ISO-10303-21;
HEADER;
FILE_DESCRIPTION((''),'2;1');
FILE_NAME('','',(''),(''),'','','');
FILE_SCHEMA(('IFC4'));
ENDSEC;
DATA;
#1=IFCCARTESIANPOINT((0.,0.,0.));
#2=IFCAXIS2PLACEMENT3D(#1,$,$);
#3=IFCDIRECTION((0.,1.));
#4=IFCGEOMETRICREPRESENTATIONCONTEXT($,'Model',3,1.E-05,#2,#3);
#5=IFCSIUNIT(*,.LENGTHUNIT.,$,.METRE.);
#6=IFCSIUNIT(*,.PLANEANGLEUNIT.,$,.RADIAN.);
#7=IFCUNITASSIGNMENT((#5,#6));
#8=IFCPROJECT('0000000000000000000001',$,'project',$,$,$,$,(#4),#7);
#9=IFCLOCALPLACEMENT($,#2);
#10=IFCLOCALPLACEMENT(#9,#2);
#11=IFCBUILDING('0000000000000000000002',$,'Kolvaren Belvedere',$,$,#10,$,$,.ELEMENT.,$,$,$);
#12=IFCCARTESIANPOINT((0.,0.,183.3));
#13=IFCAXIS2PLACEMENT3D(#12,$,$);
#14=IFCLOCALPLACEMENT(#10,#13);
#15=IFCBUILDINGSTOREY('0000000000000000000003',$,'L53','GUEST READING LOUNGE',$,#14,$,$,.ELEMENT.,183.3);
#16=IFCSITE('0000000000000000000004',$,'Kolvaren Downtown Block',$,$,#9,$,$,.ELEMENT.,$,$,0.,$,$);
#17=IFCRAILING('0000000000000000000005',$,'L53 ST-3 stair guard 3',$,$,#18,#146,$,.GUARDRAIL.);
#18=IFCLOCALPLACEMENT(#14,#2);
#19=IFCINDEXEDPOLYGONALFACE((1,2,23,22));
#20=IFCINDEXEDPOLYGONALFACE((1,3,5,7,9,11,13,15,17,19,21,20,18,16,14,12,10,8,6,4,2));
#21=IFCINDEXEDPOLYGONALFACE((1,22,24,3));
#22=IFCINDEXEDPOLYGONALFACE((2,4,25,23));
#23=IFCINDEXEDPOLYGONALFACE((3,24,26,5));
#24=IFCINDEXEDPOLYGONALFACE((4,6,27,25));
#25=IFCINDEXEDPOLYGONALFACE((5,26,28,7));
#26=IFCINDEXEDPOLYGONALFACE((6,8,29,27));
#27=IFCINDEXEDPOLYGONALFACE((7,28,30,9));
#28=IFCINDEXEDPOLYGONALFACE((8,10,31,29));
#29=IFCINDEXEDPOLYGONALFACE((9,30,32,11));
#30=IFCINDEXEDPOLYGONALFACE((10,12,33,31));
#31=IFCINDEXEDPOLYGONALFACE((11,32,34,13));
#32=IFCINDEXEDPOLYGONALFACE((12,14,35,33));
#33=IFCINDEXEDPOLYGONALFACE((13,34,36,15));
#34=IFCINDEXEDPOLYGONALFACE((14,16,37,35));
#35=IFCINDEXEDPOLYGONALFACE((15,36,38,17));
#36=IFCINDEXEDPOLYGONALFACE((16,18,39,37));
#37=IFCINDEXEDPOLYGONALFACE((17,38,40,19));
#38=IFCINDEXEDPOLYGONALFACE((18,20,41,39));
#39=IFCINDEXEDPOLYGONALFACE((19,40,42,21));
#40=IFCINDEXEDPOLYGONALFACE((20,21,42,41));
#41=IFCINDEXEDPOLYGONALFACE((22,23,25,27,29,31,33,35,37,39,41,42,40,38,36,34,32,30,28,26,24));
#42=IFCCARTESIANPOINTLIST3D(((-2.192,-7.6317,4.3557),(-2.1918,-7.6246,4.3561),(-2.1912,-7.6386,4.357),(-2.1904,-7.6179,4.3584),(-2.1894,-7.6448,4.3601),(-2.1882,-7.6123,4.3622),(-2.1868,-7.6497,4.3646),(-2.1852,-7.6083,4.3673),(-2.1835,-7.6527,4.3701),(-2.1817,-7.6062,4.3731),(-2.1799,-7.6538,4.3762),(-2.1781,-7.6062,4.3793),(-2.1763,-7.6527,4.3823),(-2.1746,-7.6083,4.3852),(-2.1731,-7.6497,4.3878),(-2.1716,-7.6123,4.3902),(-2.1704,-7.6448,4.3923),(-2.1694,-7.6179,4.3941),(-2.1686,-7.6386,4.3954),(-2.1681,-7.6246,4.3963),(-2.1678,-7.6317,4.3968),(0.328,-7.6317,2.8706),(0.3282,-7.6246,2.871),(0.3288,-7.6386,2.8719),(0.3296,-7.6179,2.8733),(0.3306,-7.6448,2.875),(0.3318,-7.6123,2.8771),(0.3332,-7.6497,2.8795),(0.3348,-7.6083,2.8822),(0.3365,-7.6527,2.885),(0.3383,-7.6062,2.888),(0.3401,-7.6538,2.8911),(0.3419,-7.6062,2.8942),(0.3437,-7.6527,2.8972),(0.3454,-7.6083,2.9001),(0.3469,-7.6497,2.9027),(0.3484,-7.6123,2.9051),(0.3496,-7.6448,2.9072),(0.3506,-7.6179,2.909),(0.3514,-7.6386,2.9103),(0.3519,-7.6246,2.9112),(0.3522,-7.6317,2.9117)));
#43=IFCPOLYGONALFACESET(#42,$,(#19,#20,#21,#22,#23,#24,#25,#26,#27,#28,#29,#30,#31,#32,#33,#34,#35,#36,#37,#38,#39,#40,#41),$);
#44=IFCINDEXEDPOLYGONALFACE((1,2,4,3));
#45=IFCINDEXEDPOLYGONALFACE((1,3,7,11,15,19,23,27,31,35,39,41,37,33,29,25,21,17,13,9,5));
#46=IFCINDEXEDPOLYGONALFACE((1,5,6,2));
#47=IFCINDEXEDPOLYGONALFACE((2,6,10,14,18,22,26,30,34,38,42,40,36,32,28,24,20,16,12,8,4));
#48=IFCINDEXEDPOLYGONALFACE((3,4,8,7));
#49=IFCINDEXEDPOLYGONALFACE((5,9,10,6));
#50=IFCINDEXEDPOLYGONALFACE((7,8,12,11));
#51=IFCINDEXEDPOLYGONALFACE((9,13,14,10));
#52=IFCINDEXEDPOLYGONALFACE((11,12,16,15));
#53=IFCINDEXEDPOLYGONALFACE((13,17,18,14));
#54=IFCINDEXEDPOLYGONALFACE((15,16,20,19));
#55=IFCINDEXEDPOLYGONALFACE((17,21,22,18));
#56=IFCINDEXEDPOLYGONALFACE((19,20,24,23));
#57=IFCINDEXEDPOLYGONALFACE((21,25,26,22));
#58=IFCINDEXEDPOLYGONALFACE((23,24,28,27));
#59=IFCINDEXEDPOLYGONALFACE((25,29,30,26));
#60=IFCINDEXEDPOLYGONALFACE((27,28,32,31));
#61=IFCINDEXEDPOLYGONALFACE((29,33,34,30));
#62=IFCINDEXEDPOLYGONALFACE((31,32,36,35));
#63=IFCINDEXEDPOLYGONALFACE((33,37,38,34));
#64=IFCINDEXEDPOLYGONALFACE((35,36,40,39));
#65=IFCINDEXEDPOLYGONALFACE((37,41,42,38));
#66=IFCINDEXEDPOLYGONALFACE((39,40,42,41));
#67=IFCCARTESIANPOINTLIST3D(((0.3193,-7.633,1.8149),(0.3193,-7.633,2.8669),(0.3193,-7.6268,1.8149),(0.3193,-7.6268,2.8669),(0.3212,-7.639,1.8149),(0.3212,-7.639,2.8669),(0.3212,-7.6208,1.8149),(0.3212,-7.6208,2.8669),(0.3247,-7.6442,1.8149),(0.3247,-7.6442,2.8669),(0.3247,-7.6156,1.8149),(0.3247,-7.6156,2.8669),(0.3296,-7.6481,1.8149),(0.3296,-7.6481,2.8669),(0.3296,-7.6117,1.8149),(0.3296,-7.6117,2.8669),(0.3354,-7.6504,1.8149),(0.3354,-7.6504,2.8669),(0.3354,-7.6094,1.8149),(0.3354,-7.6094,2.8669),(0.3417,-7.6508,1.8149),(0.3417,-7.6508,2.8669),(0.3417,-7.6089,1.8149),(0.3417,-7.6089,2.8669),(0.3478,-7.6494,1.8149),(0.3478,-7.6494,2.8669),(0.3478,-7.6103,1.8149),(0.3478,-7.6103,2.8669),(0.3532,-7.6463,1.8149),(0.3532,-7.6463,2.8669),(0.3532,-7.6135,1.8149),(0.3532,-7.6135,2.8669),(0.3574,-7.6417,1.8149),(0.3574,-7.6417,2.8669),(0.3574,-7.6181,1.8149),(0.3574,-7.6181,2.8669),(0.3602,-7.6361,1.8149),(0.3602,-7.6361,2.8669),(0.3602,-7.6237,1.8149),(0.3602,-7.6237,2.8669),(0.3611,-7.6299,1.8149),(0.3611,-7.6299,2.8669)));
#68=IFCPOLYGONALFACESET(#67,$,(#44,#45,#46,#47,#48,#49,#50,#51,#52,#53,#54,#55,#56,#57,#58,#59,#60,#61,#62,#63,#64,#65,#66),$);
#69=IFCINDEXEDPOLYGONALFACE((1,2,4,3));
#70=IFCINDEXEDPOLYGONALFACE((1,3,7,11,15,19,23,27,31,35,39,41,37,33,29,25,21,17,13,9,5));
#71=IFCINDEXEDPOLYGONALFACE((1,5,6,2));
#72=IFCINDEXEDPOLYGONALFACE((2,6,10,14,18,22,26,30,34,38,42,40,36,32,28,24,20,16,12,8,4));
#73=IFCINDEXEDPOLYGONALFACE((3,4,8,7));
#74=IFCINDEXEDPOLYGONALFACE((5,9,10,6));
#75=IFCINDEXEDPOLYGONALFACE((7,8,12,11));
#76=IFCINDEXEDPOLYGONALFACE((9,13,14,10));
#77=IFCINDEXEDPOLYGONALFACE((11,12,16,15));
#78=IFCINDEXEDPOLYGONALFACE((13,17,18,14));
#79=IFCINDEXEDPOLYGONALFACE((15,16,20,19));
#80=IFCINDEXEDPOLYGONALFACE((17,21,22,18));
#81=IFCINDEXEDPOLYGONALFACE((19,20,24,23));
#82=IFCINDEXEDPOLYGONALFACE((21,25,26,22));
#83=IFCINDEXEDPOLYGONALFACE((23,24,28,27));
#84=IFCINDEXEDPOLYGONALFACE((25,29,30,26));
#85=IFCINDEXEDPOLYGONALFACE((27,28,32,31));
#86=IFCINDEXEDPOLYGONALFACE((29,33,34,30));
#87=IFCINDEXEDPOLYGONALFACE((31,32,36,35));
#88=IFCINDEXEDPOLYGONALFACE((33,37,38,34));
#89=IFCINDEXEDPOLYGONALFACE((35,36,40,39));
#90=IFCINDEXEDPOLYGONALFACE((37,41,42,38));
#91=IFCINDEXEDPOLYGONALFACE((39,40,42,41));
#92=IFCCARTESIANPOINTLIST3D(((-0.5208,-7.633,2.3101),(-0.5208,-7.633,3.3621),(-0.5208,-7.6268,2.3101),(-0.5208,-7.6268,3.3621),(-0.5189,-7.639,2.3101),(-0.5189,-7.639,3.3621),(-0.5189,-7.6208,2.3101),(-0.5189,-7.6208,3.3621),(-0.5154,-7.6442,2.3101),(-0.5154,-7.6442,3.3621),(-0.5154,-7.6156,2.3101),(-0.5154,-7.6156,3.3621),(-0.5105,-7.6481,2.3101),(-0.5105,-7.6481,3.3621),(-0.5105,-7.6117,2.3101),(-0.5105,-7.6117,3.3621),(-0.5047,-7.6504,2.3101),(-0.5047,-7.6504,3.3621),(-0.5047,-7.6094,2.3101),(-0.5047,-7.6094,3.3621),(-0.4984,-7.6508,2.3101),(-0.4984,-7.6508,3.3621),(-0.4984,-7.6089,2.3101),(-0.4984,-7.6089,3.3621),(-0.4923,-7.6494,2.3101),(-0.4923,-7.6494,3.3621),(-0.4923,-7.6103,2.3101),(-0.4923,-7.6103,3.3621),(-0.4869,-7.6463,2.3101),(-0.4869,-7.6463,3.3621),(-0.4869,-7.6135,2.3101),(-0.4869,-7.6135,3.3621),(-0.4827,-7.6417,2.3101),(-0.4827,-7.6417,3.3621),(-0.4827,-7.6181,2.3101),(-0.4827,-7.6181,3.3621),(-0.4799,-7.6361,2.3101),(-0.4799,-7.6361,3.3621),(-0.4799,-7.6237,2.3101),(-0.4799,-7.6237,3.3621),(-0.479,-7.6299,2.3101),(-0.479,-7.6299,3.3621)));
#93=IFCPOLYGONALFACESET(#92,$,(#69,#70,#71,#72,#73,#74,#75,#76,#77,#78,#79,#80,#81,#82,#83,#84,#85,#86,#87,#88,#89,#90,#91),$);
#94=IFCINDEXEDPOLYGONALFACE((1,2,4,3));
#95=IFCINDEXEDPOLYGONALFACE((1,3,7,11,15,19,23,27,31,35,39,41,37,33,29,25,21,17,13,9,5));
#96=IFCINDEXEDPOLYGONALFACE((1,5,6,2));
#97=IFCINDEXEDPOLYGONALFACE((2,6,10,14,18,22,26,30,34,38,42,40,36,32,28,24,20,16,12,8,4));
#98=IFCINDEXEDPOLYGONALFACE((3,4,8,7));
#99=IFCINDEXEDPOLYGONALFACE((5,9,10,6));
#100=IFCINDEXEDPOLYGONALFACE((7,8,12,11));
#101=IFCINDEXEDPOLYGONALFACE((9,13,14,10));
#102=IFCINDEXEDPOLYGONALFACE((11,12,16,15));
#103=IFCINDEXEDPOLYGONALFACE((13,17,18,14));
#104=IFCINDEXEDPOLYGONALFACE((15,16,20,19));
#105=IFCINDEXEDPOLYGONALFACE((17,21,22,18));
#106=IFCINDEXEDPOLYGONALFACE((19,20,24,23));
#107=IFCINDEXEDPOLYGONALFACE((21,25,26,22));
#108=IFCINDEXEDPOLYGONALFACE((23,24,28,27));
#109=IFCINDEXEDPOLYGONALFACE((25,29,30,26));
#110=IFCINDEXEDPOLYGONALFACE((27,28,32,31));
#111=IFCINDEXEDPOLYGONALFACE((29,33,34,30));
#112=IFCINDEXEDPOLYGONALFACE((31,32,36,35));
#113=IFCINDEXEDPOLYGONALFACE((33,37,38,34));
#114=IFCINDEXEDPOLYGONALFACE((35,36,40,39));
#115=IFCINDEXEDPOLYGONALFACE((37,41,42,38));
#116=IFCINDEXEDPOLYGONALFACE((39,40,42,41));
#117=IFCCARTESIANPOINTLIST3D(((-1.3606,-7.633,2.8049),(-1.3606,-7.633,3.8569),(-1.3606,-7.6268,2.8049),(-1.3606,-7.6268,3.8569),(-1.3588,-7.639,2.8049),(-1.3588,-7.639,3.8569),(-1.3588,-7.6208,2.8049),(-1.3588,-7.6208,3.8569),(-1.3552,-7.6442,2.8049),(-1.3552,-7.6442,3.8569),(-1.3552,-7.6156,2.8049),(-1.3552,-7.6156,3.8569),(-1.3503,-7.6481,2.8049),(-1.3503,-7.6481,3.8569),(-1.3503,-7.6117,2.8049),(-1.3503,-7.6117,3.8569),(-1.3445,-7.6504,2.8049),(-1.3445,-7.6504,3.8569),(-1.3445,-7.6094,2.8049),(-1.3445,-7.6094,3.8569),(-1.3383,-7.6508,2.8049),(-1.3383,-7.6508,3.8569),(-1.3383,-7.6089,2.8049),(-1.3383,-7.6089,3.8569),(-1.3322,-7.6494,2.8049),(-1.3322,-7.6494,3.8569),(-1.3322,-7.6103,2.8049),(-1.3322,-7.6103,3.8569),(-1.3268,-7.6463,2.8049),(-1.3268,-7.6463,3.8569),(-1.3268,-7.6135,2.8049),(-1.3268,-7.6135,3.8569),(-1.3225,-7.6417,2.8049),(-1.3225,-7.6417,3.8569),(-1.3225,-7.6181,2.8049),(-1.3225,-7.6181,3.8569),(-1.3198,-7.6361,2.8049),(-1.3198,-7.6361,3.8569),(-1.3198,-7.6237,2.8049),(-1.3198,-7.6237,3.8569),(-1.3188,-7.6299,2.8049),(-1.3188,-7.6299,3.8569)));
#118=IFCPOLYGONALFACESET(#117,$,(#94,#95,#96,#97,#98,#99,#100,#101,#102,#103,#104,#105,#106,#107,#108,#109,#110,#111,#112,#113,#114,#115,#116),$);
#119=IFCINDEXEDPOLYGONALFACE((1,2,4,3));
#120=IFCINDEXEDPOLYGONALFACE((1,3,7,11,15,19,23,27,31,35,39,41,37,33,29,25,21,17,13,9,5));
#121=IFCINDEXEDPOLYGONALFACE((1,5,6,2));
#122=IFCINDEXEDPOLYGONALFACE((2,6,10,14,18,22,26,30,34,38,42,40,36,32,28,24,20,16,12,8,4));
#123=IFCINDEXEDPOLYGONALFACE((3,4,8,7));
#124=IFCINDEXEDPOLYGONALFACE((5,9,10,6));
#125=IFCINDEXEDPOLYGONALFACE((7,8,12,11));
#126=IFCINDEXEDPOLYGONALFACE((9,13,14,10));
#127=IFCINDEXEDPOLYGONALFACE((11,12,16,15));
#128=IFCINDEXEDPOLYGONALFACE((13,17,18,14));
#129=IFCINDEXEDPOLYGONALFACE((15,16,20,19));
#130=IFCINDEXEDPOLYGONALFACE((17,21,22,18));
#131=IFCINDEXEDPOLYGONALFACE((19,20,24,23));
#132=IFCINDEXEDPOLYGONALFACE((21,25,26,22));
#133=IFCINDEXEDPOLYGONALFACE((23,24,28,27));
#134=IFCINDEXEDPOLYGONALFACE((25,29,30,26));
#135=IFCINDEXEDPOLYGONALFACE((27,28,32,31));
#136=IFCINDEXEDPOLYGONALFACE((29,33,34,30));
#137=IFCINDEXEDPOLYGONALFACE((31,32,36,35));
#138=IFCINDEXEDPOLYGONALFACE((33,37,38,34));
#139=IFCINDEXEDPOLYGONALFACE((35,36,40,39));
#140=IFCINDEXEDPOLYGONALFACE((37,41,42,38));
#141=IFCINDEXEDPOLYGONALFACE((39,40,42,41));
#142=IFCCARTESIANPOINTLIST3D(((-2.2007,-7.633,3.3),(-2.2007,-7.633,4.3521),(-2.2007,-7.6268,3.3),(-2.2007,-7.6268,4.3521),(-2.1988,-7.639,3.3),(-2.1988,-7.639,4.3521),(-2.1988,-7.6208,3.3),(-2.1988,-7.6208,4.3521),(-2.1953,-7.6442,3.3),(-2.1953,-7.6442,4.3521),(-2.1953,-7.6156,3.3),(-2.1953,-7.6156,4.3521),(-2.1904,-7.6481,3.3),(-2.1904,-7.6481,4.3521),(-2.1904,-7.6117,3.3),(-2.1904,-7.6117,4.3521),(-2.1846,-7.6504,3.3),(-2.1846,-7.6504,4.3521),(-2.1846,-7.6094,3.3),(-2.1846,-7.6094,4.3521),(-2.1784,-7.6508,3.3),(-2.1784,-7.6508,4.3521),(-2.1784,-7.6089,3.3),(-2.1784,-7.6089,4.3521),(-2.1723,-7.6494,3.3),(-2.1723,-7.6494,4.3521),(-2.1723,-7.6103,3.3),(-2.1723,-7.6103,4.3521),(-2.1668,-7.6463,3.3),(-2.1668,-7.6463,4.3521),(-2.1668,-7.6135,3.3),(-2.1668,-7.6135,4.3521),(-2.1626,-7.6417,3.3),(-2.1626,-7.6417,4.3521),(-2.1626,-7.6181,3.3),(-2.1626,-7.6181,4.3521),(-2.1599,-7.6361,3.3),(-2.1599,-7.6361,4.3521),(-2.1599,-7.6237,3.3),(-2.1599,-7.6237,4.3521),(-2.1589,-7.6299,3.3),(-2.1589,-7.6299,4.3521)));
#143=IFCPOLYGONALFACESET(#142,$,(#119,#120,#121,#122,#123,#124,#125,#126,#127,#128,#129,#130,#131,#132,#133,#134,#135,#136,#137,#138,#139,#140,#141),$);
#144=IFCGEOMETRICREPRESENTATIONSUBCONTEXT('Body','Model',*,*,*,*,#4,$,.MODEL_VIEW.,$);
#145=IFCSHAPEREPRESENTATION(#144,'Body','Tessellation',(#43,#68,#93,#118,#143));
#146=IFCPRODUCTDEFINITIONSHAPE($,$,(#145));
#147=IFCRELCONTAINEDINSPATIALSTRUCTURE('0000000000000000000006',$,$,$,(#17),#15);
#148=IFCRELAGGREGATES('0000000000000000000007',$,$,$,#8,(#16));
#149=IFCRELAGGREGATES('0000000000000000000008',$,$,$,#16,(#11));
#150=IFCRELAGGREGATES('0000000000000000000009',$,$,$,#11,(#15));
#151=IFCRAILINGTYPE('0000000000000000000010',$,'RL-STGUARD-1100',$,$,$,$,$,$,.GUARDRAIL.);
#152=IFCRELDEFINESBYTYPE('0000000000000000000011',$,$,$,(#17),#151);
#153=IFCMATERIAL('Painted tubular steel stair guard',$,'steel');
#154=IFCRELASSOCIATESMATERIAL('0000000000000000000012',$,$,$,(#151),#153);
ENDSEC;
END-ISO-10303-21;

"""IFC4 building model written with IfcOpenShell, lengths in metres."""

from ifc_helpers import new_model, si_unit, direction, frame, origin, origin_2d, place, context, subcontext, project, spatial, circle, extrude, material, type_object, element, save


model = new_model("IFC4")

# Units and contexts
model_context = context("Model", 3, precision=1e-05, world=origin(), true_north=direction((0.0, 1.0)))
body_context = subcontext(model_context, "Body", "Model", "MODEL_VIEW")
ifc_project = project(units=[si_unit("LENGTHUNIT", "METRE"), si_unit("PLANEANGLEUNIT", "RADIAN")], contexts=[model_context])

# Site, building, storey
site_placement = place(None, origin())
site = spatial("IfcSite", under=ifc_project, at=site_placement, Name="Kolvaren Downtown Block", CompositionType="ELEMENT", RefElevation=0.0)
building_placement = place(site_placement, origin())
building = spatial("IfcBuilding", under=site, at=building_placement, Name="Kolvaren Belvedere", CompositionType="ELEMENT")
storey_placement = place(building_placement, frame((0.0, 0.0, 183.3)))
storey = spatial("IfcBuildingStorey", under=building, at=storey_placement, Name="L53", Description="GUEST READING LOUNGE", CompositionType="ELEMENT", Elevation=183.3)

# Railing
ifc_material_1 = material(Name="Painted tubular steel stair guard", Category="steel")
railing_type_1 = type_object("IfcRailingType", Name="RL-STGUARD-1100", PredefinedType="GUARDRAIL", material=ifc_material_1)
railing_1_placement = place(storey_placement, frame((0.3401, -7.6299, 1.8149)))
element("IfcRailing", 1, at=railing_1_placement, inside=storey, type_object=railing_type_1, Name="L53 ST-3 stair guard 3", PredefinedType="GUARDRAIL", context=body_context, shape_type="SweptSolid", body=[
    extrude(circle(Radius=0.0239, at=origin_2d()), frame((0.0, 0.0, 1.0762), z_axis=(-0.861524, 0.0, 0.507717), x_axis=(0.0, -1.0, 0.0)), (0.0, 0.0, 1.0), 2.925),
    extrude(circle(Radius=0.021, at=origin_2d()), origin(), (0.0, 0.0, 1.0), 1.052),
    extrude(circle(Radius=0.021, at=origin_2d()), frame((-0.8401, 0.0, 0.4951)), (0.0, 0.0, 1.0), 1.052),
    extrude(circle(Radius=0.021, at=origin_2d()), frame((-1.6799, 0.0, 0.99)), (0.0, 0.0, 1.0), 1.052),
    extrude(circle(Radius=0.021, at=origin_2d()), frame((-2.52, 0.0, 1.4851)), (0.0, 0.0, 1.0), 1.052),
])

save(model, "model.ifc")
